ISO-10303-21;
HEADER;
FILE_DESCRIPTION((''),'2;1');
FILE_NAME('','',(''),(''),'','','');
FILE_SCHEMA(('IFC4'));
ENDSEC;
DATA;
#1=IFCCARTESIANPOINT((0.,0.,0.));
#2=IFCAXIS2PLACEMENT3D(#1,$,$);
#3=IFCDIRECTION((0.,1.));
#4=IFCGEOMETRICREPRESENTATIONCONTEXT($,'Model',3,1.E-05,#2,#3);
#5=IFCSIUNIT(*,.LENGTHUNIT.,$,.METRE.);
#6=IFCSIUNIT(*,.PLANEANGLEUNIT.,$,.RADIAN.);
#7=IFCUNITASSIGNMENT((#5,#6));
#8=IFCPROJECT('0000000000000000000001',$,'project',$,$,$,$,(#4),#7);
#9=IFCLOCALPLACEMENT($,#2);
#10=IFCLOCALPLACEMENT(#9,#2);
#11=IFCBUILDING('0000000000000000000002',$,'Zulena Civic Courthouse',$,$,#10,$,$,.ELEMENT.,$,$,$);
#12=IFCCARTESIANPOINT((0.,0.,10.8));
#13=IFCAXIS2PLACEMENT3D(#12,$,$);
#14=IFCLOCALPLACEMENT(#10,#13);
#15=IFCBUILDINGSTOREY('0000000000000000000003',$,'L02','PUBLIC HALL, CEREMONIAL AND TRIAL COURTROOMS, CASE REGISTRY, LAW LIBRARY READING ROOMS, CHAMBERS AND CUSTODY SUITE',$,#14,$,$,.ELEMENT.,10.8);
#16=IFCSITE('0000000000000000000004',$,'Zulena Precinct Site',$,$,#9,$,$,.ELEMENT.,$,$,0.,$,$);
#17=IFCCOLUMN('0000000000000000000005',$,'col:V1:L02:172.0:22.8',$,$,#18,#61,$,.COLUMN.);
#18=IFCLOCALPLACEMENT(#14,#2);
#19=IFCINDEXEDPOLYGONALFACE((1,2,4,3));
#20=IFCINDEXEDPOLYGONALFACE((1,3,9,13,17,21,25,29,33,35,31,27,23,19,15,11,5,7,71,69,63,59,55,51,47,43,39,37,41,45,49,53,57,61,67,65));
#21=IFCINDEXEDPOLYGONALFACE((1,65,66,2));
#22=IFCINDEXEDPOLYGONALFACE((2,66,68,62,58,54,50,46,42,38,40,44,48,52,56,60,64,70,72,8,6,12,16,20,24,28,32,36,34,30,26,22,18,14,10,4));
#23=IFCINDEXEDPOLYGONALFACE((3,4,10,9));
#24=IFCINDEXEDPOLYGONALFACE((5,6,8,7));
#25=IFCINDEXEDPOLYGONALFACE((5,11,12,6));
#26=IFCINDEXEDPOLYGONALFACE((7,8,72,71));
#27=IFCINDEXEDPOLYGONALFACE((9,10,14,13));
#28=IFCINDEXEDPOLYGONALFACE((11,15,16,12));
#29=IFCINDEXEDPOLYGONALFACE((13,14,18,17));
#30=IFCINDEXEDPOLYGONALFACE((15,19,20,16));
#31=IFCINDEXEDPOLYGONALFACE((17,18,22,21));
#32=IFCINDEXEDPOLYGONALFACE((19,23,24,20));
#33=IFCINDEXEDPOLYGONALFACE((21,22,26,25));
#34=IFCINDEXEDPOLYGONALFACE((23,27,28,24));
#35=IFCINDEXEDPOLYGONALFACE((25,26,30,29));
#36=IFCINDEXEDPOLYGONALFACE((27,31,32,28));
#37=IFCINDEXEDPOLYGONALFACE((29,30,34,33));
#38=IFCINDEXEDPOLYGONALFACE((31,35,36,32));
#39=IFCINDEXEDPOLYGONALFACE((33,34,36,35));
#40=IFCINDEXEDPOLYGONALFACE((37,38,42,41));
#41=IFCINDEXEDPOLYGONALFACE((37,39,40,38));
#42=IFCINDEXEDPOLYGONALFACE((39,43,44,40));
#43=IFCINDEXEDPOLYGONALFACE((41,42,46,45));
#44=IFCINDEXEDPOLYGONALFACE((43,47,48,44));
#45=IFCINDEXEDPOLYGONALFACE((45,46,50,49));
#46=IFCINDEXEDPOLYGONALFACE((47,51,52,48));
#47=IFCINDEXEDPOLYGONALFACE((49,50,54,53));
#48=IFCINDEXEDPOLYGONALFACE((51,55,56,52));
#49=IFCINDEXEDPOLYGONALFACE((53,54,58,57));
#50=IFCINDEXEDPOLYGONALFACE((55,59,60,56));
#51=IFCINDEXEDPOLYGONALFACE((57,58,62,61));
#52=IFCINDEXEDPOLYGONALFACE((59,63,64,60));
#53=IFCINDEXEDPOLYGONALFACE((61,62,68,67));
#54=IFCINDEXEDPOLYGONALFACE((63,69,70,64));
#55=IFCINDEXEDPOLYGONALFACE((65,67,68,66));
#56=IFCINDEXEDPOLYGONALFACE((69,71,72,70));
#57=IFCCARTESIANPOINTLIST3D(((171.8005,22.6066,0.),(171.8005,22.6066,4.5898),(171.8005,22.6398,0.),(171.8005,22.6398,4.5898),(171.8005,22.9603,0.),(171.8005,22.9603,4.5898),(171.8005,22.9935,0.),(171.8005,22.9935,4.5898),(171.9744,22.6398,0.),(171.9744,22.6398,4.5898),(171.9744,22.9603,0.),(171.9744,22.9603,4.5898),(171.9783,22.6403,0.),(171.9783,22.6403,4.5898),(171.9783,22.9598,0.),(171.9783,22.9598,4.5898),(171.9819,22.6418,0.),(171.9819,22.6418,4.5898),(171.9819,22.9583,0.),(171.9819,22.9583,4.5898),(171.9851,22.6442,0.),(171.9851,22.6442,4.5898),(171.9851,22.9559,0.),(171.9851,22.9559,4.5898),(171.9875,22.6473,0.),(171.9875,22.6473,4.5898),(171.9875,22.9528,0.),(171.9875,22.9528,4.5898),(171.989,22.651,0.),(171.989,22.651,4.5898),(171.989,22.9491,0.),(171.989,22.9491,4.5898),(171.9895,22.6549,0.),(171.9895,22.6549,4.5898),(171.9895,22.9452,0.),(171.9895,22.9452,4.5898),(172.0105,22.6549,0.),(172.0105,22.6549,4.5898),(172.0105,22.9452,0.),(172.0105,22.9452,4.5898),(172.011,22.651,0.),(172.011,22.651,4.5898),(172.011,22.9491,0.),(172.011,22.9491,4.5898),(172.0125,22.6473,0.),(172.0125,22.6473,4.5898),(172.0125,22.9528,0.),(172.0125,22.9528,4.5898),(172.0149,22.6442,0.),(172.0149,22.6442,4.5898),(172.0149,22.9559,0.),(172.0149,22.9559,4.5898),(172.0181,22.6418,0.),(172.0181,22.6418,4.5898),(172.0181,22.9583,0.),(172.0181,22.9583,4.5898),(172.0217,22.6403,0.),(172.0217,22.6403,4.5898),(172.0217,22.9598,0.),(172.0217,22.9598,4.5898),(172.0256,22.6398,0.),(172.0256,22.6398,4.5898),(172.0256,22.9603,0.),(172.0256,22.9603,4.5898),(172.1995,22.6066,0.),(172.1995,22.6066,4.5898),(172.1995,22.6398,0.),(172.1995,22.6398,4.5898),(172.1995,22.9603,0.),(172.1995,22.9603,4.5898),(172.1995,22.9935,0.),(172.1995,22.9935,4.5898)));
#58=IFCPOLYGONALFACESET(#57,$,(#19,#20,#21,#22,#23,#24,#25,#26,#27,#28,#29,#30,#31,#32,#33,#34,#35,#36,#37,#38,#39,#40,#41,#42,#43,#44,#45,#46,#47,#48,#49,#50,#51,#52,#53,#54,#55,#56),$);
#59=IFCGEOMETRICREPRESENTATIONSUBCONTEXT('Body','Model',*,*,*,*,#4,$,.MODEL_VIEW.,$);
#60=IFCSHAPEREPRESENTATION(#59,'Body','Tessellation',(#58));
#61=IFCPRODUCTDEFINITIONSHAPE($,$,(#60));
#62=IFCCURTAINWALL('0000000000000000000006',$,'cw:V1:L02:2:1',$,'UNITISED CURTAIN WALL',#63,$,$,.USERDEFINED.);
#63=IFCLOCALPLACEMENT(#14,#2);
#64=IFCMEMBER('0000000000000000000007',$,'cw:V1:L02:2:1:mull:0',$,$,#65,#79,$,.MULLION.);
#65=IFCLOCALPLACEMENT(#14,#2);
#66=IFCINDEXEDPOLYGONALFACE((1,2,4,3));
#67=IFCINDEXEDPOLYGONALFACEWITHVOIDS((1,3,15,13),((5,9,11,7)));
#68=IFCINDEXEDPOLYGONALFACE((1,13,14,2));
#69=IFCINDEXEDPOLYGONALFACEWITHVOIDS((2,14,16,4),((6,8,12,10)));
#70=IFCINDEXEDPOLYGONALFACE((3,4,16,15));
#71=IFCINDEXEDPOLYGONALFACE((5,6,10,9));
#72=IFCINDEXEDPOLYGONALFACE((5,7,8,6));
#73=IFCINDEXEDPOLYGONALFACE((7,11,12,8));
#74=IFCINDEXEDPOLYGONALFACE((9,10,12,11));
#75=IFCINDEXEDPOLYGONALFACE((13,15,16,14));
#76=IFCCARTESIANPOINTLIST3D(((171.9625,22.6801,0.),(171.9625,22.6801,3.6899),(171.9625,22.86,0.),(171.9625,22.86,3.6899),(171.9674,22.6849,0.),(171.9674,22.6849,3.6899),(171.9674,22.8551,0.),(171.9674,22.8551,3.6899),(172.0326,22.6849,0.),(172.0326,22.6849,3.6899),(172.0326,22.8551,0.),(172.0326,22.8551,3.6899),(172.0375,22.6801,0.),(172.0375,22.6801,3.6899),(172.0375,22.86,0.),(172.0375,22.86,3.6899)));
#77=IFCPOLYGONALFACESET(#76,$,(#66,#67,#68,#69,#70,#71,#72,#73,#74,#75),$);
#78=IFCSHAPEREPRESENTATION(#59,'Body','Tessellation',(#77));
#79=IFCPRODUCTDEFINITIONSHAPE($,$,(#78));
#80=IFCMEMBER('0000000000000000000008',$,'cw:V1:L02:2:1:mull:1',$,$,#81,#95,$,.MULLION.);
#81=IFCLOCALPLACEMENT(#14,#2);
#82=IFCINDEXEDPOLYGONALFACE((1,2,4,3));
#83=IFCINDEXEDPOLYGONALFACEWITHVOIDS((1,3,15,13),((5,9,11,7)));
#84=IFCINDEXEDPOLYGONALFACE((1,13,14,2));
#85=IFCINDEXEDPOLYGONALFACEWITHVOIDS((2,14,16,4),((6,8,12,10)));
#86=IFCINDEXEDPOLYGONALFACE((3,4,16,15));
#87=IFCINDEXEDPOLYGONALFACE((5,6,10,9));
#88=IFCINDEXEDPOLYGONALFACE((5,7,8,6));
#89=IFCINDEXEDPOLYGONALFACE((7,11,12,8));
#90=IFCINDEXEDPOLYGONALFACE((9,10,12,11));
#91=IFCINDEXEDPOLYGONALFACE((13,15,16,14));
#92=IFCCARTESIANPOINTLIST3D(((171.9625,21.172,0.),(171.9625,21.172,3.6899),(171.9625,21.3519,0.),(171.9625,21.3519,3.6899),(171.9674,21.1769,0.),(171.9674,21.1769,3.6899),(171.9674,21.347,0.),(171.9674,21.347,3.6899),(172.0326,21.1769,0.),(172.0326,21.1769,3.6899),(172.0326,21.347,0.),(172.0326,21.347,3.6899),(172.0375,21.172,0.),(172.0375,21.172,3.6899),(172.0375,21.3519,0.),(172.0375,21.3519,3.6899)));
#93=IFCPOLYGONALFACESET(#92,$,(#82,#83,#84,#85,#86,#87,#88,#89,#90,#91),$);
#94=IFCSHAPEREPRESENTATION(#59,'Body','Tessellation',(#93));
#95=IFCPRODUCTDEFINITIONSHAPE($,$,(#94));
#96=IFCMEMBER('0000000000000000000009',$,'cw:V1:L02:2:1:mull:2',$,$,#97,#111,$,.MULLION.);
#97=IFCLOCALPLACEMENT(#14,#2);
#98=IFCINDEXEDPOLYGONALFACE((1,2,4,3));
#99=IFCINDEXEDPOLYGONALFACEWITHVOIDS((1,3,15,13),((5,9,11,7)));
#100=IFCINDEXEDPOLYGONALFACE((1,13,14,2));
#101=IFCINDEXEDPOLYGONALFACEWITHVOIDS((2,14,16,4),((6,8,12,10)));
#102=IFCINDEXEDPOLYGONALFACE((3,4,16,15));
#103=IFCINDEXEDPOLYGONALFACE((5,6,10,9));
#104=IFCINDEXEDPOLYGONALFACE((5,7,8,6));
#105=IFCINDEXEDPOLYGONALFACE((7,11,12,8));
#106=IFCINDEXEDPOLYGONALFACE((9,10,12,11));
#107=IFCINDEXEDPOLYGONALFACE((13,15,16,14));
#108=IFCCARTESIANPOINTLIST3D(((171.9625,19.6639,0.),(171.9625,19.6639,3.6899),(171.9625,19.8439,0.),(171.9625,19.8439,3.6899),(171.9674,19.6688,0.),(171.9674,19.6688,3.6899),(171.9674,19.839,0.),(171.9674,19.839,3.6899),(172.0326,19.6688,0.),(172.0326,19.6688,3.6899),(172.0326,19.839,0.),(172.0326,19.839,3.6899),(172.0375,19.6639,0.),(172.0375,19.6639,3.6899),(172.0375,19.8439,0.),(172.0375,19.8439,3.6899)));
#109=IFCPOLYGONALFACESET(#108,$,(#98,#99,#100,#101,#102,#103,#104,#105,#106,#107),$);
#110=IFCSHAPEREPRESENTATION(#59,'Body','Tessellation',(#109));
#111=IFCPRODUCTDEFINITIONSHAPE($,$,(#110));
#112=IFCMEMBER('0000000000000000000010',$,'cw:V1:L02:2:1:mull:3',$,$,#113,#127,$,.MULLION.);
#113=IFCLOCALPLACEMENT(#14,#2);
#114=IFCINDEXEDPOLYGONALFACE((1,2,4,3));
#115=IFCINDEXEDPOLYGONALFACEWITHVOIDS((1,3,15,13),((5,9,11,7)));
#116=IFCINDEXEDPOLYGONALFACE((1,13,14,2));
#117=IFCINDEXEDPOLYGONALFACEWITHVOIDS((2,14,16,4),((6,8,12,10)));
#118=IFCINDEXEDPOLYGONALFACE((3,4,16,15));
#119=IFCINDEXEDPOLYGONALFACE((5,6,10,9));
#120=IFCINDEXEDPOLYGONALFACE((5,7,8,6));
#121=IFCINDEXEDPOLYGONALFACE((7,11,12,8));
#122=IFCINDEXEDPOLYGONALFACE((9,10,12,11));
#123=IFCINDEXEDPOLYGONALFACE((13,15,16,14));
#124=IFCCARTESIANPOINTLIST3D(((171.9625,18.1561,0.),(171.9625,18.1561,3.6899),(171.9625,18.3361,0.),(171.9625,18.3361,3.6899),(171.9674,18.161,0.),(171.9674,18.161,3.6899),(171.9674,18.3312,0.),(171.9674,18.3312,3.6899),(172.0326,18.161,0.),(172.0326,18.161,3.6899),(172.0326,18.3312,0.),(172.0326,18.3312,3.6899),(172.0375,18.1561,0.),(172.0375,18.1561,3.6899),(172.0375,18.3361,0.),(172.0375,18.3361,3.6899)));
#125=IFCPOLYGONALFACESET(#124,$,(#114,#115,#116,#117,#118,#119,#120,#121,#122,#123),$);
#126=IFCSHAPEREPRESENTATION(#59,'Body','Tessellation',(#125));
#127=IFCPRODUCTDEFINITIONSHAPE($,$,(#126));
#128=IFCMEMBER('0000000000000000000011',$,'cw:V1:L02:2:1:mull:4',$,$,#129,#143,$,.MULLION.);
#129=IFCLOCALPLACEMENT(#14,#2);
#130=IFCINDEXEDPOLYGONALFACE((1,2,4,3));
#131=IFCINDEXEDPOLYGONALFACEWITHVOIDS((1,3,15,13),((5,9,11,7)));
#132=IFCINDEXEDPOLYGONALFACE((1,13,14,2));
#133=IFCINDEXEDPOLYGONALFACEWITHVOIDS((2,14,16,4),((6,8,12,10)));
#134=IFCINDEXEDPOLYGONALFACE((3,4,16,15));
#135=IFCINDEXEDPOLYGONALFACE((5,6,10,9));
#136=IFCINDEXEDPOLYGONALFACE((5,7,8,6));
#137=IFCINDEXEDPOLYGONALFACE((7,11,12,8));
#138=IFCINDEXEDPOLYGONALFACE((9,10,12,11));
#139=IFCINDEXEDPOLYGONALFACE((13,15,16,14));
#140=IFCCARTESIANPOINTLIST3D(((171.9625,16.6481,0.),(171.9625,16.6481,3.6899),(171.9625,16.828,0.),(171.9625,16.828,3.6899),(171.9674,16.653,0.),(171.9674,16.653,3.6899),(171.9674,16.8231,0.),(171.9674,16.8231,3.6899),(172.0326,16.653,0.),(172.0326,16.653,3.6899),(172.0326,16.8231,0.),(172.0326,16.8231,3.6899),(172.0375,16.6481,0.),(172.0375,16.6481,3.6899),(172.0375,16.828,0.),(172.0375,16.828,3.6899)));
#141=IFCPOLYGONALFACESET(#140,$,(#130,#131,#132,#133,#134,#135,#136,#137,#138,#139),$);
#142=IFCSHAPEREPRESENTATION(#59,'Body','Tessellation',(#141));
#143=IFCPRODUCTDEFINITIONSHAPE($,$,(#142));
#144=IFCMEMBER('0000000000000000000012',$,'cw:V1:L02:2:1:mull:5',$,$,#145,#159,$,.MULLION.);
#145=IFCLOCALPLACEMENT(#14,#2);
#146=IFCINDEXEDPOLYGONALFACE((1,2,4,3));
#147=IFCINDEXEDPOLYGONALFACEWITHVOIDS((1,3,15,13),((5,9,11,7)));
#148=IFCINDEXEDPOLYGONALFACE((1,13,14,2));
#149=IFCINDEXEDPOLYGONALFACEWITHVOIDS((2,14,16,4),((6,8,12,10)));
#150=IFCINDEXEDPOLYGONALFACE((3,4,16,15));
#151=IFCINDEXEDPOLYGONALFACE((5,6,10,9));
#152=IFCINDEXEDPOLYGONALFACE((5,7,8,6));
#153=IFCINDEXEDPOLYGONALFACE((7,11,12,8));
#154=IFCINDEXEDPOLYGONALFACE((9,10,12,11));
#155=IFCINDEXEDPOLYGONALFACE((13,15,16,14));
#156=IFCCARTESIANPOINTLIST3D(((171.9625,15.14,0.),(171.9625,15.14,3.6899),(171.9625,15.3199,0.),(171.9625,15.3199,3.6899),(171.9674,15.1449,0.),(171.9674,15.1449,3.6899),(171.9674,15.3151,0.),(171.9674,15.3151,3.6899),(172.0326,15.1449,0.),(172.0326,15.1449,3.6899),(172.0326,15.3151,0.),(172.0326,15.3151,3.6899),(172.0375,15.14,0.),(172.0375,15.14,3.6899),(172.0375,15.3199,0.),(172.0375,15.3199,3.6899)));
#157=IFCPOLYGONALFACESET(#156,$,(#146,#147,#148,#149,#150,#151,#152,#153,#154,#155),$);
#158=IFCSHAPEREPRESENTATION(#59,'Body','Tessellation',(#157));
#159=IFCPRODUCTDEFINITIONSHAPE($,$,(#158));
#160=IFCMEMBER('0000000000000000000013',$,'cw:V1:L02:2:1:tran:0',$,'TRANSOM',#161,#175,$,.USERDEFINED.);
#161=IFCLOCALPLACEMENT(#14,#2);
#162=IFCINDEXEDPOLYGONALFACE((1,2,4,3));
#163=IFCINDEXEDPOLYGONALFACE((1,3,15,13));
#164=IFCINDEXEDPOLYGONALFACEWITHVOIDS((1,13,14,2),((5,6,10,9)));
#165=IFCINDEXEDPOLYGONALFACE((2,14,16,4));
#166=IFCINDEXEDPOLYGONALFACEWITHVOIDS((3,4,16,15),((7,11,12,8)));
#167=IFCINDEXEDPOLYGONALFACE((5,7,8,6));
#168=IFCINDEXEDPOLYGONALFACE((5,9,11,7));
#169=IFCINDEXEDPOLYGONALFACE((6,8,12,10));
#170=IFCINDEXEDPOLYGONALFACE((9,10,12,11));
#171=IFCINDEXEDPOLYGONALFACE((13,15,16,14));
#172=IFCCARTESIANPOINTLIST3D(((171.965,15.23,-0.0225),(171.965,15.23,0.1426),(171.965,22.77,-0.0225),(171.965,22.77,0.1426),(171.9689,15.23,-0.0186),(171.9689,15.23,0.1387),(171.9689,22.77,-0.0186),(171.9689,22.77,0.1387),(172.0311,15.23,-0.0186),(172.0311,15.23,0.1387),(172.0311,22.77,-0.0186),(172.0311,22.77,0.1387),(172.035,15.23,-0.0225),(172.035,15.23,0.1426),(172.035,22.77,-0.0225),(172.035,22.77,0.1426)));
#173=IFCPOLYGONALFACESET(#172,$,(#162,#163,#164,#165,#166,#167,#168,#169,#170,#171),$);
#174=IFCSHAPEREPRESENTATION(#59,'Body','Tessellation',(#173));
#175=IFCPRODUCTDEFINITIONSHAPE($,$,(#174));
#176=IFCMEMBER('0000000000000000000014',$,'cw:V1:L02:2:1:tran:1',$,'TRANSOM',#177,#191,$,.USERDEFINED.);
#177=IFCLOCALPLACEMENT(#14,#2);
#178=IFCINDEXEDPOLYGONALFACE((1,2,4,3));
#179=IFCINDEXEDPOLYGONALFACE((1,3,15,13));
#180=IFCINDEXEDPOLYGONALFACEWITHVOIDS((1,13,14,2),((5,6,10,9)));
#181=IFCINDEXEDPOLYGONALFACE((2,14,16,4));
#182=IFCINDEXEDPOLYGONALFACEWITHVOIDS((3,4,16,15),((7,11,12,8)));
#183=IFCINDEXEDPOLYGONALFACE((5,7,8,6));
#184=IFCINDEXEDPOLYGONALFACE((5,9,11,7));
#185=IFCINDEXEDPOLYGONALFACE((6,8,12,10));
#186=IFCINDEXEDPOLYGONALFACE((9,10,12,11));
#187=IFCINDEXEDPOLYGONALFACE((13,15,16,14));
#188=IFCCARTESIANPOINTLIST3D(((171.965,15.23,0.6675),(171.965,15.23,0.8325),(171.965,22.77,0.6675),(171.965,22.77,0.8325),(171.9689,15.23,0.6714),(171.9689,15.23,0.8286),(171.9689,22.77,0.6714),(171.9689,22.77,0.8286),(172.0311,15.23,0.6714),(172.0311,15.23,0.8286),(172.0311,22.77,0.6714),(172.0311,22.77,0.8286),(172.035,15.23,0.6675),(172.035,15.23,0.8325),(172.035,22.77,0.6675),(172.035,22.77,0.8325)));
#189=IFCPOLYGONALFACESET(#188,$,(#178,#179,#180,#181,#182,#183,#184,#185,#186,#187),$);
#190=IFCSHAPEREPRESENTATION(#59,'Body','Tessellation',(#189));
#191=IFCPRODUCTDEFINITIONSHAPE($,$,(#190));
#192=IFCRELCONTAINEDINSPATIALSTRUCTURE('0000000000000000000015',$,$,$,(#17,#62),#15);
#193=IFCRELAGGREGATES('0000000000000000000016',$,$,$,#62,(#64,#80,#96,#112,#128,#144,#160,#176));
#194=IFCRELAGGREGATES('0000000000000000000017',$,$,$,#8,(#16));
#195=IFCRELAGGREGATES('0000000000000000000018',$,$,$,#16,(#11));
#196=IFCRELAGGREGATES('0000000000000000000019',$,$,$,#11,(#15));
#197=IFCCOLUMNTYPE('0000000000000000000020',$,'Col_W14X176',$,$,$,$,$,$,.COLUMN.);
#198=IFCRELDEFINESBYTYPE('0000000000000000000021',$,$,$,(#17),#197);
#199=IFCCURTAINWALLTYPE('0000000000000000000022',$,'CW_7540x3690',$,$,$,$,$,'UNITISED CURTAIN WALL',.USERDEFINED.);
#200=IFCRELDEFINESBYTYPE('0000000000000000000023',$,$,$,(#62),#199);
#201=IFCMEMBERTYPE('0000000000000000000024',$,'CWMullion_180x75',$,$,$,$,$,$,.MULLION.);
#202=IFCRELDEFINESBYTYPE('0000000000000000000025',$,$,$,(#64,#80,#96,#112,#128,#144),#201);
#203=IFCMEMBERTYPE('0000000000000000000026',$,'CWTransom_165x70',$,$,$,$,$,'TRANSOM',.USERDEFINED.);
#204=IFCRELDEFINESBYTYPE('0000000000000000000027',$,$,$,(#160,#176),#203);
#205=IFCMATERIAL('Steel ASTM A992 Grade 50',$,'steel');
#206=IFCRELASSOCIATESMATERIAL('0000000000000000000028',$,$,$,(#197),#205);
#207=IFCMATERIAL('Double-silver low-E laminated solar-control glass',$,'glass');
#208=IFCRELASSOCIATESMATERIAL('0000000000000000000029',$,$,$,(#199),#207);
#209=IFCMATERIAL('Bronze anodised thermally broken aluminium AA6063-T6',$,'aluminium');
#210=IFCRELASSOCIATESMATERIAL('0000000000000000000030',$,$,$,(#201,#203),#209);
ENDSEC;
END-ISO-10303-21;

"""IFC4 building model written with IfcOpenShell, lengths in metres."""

from ifc_helpers import new_model, si_unit, direction, frame, origin, origin_2d, place, context, subcontext, project, spatial, hollow_rectangle, i_section, extrude, material, material_profile, profile_set, type_object, element, aggregate, save


model = new_model("IFC4")

# Units and contexts
model_context = context("Model", 3, precision=1e-05, world=origin(), true_north=direction((0.0, 1.0)))
body_context = subcontext(model_context, "Body", "Model", "MODEL_VIEW")
ifc_project = project(units=[si_unit("LENGTHUNIT", "METRE"), si_unit("PLANEANGLEUNIT", "RADIAN")], contexts=[model_context])

# Site, building, storey
site_placement = place(None, origin())
site = spatial("IfcSite", under=ifc_project, at=site_placement, Name="Zulena Precinct Site", CompositionType="ELEMENT", RefElevation=0.0)
building_placement = place(site_placement, origin())
building = spatial("IfcBuilding", under=site, at=building_placement, Name="Zulena Civic Courthouse", CompositionType="ELEMENT")
storey_placement = place(building_placement, frame((0.0, 0.0, 10.8)))
storey = spatial("IfcBuildingStorey", under=building, at=storey_placement, Name="L02", Description="PUBLIC HALL, CEREMONIAL AND TRIAL COURTROOMS, CASE REGISTRY, LAW LIBRARY READING ROOMS, CHAMBERS AND CUSTODY SUITE", CompositionType="ELEMENT", Elevation=10.8)

# Column
ifc_material_1 = material(Name="Steel ASTM A992 Grade 50", Category="steel")
ifc_material_profile_1 = material_profile(ifc_material_1, i_section(OverallWidth=0.3989, OverallDepth=0.387, WebThickness=0.021, FlangeThickness=0.0332, FilletRadius=0.0151, at=origin_2d()), Name="W14X176")
ifc_profile_set_1 = profile_set([ifc_material_profile_1], Name="Steel ASTM A992 Grade 50")
column_type_1 = type_object("IfcColumnType", Name="Col_W14X176", PredefinedType="COLUMN", material=ifc_profile_set_1)
for number, where, z_axis, x_axis, name in (
    (1, (172.0, 22.8, 0.0), (0.0, 0.0, 1.0), (1.0, 0.0, 0.0), "col:V1:L02:172.0:22.8"),
):
    element("IfcColumn", number, at=place(storey_placement, frame(where, z_axis=z_axis, x_axis=x_axis)), inside=storey, type_object=column_type_1, Name=name, PredefinedType="COLUMN", context=body_context, shape_type="SweptSolid", body=[
        extrude(i_section(OverallWidth=0.3989, OverallDepth=0.387, WebThickness=0.021, FlangeThickness=0.0332, FilletRadius=0.0151, at=origin_2d()), origin(), (0.0, 0.0, 1.0), 4.5898),
    ])

# Curtain wall, members
ifc_material_2 = material(Name="Double-silver low-E laminated solar-control glass", Category="glass")
curtain_wall_type = type_object("IfcCurtainWallType", Name="CW_7540x3690", ElementType="UNITISED CURTAIN WALL", PredefinedType="USERDEFINED", material=ifc_material_2)
curtain_wall_placement = place(storey_placement, origin())
curtain_wall = element("IfcCurtainWall", 2, at=curtain_wall_placement, inside=storey, type_object=curtain_wall_type, Name="cw:V1:L02:2:1", ObjectType="UNITISED CURTAIN WALL", PredefinedType="USERDEFINED")
ifc_material_3 = material(Name="Bronze anodised thermally broken aluminium AA6063-T6", Category="aluminium")
ifc_material_profile_2 = material_profile(ifc_material_3, hollow_rectangle(XDim=0.075, YDim=0.1799, WallThickness=0.0049, at=origin_2d()), Name="CWM180X75X5")
ifc_profile_set_2 = profile_set([ifc_material_profile_2], Name="Bronze anodised thermally broken aluminium AA6063-T6")
member_type_1 = type_object("IfcMemberType", Name="CWMullion_180x75", PredefinedType="MULLION", material=ifc_profile_set_2)
member_1_placement = place(storey_placement, frame((172.0, 22.77, 0.0), z_axis=(0.0, 0.0, 1.0), x_axis=(1.0, 0.0, 0.0)))
member_1 = element("IfcMember", 3, at=member_1_placement, type_object=member_type_1, Name="cw:V1:L02:2:1:mull:0", PredefinedType="MULLION", context=body_context, shape_type="SweptSolid", body=[
    extrude(hollow_rectangle(XDim=0.075, YDim=0.1799, WallThickness=0.0049, at=origin_2d()), origin(), (0.0, 0.0, 1.0), 3.6899),
])
member_2_placement = place(storey_placement, frame((172.0, 21.262, 0.0), z_axis=(0.0, 0.0, 1.0), x_axis=(1.0, 0.0, 0.0)))
member_2 = element("IfcMember", 4, at=member_2_placement, type_object=member_type_1, Name="cw:V1:L02:2:1:mull:1", PredefinedType="MULLION", context=body_context, shape_type="SweptSolid", body=[
    extrude(hollow_rectangle(XDim=0.075, YDim=0.1799, WallThickness=0.0049, at=origin_2d()), origin(), (0.0, 0.0, 1.0), 3.6899),
])
member_3_placement = place(storey_placement, frame((172.0, 19.7539, 0.0), z_axis=(0.0, 0.0, 1.0), x_axis=(1.0, 0.0, 0.0)))
member_3 = element("IfcMember", 5, at=member_3_placement, type_object=member_type_1, Name="cw:V1:L02:2:1:mull:2", PredefinedType="MULLION", context=body_context, shape_type="SweptSolid", body=[
    extrude(hollow_rectangle(XDim=0.075, YDim=0.1799, WallThickness=0.0049, at=origin_2d()), origin(), (0.0, 0.0, 1.0), 3.6899),
])
member_4_placement = place(storey_placement, frame((172.0, 18.2461, 0.0), z_axis=(0.0, 0.0, 1.0), x_axis=(1.0, 0.0, 0.0)))
member_4 = element("IfcMember", 6, at=member_4_placement, type_object=member_type_1, Name="cw:V1:L02:2:1:mull:3", PredefinedType="MULLION", context=body_context, shape_type="SweptSolid", body=[
    extrude(hollow_rectangle(XDim=0.075, YDim=0.1799, WallThickness=0.0049, at=origin_2d()), origin(), (0.0, 0.0, 1.0), 3.6899),
])
member_5_placement = place(storey_placement, frame((172.0, 16.738, 0.0), z_axis=(0.0, 0.0, 1.0), x_axis=(1.0, 0.0, 0.0)))
member_5 = element("IfcMember", 7, at=member_5_placement, type_object=member_type_1, Name="cw:V1:L02:2:1:mull:4", PredefinedType="MULLION", context=body_context, shape_type="SweptSolid", body=[
    extrude(hollow_rectangle(XDim=0.075, YDim=0.1799, WallThickness=0.0049, at=origin_2d()), origin(), (0.0, 0.0, 1.0), 3.6899),
])
member_6_placement = place(storey_placement, frame((172.0, 15.23, 0.0), z_axis=(0.0, 0.0, 1.0), x_axis=(1.0, 0.0, 0.0)))
member_6 = element("IfcMember", 8, at=member_6_placement, type_object=member_type_1, Name="cw:V1:L02:2:1:mull:5", PredefinedType="MULLION", context=body_context, shape_type="SweptSolid", body=[
    extrude(hollow_rectangle(XDim=0.075, YDim=0.1799, WallThickness=0.0049, at=origin_2d()), origin(), (0.0, 0.0, 1.0), 3.6899),
])
ifc_material_profile_3 = material_profile(ifc_material_3, hollow_rectangle(XDim=0.0701, YDim=0.165, WallThickness=0.0039, at=origin_2d()), Name="CWT165X70X4")
ifc_profile_set_3 = profile_set([ifc_material_profile_3], Name="Bronze anodised thermally broken aluminium AA6063-T6")
member_type_2 = type_object("IfcMemberType", Name="CWTransom_165x70", ElementType="TRANSOM", PredefinedType="USERDEFINED", material=ifc_profile_set_3)
member_7_placement = place(storey_placement, frame((172.0, 22.77, 0.0601), z_axis=(0.0, -1.0, 0.0), x_axis=(1.0, 0.0, 0.0)))
member_7 = element("IfcMember", 9, at=member_7_placement, type_object=member_type_2, Name="cw:V1:L02:2:1:tran:0", ObjectType="TRANSOM", PredefinedType="USERDEFINED", context=body_context, shape_type="SweptSolid", body=[
    extrude(hollow_rectangle(XDim=0.0701, YDim=0.165, WallThickness=0.0039, at=origin_2d()), origin(), (0.0, 0.0, 1.0), 7.54),
])
member_8_placement = place(storey_placement, frame((172.0, 22.77, 0.75), z_axis=(0.0, -1.0, 0.0), x_axis=(1.0, 0.0, 0.0)))
member_8 = element("IfcMember", 10, at=member_8_placement, type_object=member_type_2, Name="cw:V1:L02:2:1:tran:1", ObjectType="TRANSOM", PredefinedType="USERDEFINED", context=body_context, shape_type="SweptSolid", body=[
    extrude(hollow_rectangle(XDim=0.0701, YDim=0.165, WallThickness=0.0039, at=origin_2d()), origin(), (0.0, 0.0, 1.0), 7.54),
])

aggregate(curtain_wall, [member_1, member_2, member_3, member_4, member_5, member_6, member_7, member_8])

save(model, "model.ifc")
